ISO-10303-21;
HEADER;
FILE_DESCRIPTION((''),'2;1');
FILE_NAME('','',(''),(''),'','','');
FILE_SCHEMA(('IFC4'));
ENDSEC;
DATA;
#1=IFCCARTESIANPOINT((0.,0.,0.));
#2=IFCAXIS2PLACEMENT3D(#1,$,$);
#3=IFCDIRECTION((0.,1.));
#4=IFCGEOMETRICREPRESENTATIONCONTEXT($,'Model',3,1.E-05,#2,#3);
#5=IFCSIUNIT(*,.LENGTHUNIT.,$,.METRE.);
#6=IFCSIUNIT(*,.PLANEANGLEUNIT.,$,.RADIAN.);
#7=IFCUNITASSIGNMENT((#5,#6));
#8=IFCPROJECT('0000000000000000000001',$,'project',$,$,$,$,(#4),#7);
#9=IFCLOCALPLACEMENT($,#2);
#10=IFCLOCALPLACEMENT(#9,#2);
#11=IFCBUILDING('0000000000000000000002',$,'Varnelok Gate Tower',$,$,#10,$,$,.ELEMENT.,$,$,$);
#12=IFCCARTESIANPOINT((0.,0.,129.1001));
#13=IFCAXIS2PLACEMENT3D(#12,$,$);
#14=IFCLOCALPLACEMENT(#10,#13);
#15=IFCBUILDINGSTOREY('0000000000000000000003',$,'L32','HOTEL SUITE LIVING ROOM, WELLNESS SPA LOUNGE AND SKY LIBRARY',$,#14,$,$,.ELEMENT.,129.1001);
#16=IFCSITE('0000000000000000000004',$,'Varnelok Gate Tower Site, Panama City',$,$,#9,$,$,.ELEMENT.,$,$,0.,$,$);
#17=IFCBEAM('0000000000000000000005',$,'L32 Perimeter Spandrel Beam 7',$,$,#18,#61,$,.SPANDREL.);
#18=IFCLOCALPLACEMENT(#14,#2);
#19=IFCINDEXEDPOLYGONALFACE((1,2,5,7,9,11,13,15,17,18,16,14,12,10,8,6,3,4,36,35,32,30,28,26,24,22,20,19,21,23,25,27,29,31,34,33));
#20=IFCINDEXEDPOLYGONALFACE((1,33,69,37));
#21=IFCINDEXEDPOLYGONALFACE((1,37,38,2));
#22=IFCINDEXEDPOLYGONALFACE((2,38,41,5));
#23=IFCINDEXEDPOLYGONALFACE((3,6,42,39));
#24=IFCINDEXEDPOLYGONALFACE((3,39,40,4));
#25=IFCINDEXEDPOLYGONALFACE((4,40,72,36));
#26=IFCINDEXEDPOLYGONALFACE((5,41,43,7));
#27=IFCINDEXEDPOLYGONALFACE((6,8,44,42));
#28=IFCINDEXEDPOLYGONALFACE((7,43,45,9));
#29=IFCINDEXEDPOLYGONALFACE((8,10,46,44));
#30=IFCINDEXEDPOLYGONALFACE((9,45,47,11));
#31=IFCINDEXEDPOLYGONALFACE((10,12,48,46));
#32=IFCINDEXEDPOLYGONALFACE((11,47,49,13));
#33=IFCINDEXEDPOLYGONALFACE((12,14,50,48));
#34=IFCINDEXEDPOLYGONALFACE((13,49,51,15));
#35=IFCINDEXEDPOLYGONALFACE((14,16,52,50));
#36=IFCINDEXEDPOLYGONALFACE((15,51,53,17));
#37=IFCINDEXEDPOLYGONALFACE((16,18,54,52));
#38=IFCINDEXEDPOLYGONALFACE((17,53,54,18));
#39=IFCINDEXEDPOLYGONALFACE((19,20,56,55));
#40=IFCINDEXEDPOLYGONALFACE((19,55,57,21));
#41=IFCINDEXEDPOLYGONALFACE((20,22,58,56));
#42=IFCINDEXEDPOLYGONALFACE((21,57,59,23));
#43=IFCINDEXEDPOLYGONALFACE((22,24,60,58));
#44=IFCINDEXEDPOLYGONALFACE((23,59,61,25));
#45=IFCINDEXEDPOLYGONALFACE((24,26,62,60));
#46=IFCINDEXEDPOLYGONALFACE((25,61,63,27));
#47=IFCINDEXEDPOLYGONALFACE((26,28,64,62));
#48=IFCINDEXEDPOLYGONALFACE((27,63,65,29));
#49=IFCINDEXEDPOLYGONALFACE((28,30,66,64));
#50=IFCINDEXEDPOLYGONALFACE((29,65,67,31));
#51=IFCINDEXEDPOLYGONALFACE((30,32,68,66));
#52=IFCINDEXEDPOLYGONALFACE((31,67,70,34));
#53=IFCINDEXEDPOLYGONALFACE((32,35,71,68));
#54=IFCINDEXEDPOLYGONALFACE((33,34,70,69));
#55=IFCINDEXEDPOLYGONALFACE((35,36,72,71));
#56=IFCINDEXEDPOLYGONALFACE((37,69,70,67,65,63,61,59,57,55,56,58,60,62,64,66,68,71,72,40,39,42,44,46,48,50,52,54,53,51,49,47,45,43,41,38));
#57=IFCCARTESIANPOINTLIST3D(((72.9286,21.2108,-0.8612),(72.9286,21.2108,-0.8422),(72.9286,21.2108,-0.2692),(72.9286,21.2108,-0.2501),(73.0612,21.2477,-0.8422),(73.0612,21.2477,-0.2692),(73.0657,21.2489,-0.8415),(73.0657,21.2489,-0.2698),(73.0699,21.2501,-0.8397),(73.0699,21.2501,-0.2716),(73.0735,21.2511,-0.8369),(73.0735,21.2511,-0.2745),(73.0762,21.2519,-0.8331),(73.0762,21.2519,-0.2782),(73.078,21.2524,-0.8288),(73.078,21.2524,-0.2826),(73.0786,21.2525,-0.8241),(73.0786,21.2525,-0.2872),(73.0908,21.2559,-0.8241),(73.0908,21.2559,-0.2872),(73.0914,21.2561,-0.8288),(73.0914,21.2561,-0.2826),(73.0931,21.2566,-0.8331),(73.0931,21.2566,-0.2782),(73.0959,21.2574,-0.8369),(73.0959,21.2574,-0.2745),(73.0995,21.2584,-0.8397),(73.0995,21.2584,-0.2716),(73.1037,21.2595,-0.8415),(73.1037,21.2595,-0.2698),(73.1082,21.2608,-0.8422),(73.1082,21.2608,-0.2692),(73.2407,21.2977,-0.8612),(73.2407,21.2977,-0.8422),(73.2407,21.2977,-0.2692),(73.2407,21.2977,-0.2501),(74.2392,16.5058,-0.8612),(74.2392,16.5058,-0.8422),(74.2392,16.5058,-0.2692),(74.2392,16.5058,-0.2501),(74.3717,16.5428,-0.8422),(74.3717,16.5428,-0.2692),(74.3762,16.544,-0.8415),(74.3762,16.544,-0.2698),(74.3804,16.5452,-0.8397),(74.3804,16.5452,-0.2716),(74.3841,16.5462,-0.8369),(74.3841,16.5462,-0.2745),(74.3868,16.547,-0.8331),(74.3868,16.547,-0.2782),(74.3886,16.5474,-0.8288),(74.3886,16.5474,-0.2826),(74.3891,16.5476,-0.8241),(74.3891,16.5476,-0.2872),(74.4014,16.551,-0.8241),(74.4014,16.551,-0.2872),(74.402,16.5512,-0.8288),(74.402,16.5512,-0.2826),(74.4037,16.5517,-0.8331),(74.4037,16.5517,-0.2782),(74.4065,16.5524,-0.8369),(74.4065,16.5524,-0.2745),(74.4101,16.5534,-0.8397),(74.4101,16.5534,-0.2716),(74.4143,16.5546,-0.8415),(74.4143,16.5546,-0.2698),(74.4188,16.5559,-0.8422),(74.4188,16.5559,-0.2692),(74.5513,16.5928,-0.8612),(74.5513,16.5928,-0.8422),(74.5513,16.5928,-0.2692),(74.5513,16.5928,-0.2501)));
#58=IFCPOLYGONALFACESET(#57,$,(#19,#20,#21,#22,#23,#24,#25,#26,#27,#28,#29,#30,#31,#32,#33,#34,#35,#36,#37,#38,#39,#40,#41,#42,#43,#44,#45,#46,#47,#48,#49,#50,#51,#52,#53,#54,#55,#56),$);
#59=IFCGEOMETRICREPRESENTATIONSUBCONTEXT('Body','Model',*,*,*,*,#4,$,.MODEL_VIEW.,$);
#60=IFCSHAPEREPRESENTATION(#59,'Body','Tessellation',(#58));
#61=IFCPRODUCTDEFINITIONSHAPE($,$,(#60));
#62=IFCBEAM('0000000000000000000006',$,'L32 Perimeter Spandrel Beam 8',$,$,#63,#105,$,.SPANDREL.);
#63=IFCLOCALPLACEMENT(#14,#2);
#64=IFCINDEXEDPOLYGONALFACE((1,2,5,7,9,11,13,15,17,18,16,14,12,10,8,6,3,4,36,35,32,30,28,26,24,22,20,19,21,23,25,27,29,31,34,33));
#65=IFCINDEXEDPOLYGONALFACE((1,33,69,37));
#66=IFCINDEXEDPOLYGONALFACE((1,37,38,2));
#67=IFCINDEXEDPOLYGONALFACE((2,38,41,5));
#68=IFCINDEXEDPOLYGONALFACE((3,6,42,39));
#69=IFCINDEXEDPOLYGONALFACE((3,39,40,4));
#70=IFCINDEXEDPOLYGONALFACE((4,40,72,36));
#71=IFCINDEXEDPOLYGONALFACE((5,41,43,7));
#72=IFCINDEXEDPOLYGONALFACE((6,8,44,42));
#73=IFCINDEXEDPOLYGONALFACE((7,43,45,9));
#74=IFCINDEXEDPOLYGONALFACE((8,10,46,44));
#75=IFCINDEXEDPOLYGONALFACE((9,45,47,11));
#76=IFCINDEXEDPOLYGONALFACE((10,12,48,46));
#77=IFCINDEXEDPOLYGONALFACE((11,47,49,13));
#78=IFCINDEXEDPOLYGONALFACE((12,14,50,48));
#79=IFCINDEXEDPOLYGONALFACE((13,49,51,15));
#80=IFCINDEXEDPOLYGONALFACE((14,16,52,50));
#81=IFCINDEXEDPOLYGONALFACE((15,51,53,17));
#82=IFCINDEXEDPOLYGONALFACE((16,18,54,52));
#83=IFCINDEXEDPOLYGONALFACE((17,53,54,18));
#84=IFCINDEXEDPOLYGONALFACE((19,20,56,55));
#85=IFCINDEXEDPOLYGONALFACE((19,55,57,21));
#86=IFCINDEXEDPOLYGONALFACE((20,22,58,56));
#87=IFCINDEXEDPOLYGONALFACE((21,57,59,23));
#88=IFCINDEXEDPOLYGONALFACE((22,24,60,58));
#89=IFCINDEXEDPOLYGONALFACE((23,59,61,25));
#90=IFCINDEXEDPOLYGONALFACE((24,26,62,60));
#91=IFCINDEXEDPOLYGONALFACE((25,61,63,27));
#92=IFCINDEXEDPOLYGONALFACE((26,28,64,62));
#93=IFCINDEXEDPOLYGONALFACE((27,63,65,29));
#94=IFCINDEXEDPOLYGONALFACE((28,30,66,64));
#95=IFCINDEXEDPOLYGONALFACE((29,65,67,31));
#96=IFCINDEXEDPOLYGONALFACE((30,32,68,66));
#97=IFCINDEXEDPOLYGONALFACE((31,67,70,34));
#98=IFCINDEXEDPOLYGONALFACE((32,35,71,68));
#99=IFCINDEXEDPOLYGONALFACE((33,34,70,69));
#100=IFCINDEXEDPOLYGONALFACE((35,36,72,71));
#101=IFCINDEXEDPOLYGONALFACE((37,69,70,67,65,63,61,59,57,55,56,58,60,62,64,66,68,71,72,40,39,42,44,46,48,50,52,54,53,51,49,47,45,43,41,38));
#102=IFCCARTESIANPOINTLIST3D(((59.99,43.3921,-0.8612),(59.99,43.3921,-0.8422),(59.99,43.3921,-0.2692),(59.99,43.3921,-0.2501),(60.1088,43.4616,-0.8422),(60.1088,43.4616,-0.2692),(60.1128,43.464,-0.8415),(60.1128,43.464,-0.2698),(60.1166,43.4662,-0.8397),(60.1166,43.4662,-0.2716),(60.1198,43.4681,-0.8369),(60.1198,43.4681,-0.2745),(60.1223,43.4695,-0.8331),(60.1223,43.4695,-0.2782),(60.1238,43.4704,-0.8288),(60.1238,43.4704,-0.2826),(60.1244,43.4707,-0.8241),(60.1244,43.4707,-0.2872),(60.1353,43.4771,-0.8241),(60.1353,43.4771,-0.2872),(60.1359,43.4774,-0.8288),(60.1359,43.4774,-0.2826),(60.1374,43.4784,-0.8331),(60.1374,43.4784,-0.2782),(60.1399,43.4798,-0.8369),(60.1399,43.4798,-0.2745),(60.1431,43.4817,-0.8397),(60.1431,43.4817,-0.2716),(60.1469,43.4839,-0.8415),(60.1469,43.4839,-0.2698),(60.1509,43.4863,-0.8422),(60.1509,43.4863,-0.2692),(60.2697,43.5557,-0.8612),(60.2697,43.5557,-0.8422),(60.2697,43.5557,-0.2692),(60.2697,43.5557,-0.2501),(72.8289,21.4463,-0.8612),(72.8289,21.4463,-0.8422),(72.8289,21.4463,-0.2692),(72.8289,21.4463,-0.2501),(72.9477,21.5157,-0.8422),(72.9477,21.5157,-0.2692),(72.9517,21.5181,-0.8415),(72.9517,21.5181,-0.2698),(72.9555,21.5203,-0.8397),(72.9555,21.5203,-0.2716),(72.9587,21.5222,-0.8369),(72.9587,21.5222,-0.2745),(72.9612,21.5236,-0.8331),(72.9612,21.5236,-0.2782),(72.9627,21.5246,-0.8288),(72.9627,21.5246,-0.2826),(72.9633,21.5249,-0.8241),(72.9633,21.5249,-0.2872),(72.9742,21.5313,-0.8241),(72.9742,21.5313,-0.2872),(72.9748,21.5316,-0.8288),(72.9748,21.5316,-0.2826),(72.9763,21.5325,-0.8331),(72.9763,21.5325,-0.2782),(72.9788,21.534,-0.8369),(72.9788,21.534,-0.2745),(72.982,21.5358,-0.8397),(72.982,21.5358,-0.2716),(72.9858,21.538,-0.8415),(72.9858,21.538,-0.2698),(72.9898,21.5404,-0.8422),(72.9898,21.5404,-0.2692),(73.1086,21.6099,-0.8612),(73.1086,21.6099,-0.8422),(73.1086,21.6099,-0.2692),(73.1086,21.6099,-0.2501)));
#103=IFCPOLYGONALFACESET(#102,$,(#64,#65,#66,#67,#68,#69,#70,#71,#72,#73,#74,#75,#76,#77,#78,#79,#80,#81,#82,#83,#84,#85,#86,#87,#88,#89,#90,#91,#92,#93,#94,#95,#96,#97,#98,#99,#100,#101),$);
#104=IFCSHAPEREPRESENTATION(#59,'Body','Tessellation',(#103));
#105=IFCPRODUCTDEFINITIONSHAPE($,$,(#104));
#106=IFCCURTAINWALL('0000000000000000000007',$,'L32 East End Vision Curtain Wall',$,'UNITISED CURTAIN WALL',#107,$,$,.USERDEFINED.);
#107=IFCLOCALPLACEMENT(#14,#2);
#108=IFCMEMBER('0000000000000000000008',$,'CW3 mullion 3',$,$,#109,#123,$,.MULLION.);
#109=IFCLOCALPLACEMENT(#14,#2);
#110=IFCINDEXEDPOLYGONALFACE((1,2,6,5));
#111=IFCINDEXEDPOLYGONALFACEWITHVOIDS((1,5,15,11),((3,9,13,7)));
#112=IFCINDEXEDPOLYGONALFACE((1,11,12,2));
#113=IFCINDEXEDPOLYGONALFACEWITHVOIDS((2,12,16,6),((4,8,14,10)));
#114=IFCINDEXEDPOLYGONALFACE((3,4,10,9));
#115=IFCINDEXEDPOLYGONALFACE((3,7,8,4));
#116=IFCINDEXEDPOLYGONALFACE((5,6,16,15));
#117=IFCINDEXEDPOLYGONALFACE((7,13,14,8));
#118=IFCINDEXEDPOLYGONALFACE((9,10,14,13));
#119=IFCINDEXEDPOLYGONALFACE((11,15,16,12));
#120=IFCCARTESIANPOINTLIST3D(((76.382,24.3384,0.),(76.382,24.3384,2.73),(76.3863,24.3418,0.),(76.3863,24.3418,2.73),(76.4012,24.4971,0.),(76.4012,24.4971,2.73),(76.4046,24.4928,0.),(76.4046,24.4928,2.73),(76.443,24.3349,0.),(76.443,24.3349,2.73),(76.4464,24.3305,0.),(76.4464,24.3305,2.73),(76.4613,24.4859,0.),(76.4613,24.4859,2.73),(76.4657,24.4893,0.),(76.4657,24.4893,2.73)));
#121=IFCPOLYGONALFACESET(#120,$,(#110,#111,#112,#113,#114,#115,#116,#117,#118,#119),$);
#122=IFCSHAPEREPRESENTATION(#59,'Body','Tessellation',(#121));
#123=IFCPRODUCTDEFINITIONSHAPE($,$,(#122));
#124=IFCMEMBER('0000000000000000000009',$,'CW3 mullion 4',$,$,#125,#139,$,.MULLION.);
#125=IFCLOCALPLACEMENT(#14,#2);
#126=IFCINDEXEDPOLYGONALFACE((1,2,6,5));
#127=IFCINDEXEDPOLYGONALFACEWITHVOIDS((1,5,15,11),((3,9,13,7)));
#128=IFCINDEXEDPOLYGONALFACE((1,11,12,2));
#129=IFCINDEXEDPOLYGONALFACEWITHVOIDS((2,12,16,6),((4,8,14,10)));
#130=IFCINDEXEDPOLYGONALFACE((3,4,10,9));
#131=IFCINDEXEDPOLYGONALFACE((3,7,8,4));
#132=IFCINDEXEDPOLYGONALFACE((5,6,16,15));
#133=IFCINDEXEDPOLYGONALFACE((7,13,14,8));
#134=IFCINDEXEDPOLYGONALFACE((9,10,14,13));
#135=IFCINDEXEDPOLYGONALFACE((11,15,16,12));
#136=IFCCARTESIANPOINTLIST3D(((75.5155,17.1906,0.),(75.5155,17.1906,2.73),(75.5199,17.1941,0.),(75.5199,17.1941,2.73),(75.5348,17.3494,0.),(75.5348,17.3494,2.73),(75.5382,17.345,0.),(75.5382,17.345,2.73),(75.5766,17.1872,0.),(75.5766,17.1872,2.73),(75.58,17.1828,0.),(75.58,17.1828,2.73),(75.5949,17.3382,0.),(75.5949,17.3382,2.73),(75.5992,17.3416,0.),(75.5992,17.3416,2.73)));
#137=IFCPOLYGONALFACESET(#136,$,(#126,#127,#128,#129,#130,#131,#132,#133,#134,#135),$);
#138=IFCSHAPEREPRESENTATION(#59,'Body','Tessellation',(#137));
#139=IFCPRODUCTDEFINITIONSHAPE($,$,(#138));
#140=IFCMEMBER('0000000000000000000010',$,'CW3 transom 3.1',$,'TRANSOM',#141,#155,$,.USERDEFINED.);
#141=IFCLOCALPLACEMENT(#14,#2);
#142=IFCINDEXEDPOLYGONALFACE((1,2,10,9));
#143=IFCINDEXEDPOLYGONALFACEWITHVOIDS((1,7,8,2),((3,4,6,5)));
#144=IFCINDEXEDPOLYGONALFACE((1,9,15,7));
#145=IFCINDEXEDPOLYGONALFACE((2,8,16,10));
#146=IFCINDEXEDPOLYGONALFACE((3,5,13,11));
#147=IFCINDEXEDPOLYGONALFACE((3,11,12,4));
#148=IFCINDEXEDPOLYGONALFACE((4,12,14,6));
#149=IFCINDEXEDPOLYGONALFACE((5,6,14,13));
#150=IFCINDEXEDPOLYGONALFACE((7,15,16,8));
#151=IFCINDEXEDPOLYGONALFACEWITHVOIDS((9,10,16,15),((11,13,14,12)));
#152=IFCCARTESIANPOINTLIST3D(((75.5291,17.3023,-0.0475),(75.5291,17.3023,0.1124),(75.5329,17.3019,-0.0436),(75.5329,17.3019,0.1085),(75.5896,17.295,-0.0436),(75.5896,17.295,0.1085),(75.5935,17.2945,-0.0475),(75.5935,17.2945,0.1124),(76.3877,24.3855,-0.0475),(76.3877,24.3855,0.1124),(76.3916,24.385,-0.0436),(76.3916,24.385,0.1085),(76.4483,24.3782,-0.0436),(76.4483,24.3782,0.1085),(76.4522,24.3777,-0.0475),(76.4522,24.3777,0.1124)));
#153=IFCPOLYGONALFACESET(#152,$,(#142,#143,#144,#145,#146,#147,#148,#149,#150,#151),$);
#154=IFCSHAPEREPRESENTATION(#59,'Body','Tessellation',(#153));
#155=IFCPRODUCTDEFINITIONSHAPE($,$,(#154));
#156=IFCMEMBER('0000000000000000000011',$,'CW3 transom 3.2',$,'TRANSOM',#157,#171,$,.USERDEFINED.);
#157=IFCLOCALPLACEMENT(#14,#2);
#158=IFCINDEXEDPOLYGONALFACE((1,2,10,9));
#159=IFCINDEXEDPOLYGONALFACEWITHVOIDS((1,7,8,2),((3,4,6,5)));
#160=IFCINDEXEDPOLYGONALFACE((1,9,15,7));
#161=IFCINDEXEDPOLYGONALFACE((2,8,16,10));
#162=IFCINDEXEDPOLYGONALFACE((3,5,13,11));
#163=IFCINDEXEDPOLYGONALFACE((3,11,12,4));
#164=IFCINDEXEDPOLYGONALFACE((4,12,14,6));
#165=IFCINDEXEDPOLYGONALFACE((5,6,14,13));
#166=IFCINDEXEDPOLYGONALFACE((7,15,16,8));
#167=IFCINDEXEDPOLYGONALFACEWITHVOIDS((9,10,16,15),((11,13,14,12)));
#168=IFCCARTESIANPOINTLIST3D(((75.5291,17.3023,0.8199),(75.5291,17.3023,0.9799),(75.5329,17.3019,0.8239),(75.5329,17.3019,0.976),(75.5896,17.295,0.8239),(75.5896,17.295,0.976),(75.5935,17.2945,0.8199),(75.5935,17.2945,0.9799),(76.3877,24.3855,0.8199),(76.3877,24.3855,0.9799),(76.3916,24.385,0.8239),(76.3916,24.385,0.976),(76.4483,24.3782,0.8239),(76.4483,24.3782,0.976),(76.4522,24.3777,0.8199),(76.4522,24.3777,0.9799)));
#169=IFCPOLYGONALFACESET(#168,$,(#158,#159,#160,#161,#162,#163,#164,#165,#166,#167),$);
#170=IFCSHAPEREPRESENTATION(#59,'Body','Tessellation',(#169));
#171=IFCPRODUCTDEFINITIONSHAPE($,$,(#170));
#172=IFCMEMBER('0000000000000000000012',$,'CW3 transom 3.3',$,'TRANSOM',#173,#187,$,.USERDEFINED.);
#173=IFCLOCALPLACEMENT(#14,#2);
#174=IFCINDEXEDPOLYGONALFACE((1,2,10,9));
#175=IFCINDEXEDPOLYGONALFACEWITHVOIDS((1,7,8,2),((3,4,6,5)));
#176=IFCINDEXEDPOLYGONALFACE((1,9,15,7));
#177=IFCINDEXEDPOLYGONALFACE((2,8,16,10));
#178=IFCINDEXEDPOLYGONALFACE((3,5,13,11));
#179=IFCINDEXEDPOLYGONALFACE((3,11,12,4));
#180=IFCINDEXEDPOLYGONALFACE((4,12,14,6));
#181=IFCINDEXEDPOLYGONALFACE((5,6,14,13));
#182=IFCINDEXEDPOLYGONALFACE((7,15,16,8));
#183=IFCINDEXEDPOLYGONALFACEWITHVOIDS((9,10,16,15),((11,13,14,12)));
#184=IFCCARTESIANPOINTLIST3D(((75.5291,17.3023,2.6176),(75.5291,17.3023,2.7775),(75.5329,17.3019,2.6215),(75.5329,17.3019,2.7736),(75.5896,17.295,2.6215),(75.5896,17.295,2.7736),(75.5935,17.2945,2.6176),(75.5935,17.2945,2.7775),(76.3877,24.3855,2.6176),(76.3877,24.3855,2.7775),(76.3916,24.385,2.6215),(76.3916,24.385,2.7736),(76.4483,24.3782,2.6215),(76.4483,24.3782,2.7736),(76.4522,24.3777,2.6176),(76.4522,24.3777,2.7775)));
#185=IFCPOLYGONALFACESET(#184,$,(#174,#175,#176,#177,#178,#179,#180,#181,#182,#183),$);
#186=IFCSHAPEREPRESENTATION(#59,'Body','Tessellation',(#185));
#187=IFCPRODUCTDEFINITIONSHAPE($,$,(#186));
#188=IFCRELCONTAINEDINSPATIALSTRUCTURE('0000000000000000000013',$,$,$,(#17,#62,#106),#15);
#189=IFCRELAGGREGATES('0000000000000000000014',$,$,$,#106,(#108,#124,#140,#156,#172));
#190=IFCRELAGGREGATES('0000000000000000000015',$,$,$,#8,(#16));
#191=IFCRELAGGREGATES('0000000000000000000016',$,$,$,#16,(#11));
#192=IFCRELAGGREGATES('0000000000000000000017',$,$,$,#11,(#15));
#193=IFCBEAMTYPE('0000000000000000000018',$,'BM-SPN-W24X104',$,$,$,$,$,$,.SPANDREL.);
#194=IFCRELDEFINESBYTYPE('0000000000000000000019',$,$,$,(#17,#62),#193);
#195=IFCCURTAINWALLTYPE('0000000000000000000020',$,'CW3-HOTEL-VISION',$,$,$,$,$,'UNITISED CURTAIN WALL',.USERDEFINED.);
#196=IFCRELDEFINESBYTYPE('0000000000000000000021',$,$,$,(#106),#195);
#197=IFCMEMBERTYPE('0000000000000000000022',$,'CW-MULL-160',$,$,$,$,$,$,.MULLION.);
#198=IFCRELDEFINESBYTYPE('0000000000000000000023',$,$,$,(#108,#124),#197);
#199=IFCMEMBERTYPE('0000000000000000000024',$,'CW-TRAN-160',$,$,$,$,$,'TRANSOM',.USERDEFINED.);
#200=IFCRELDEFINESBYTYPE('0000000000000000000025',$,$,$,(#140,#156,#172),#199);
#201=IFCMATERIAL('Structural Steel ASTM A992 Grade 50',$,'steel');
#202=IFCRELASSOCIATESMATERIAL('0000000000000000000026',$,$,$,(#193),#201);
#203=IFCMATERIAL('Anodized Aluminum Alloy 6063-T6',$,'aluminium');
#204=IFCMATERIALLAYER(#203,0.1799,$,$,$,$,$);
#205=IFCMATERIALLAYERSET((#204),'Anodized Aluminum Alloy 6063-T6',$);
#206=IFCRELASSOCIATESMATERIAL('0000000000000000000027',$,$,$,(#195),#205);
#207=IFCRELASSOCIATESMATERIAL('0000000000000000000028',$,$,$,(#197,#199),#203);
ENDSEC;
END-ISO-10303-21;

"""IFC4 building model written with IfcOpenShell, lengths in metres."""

from ifc_helpers import new_model, si_unit, direction, frame, origin, origin_2d, place, context, subcontext, project, spatial, hollow_rectangle, i_section, extrude, material, layer, layer_set, material_profile, profile_set, type_object, element, aggregate, save


model = new_model("IFC4")

# Units and contexts
model_context = context("Model", 3, precision=1e-05, world=origin(), true_north=direction((0.0, 1.0)))
body_context = subcontext(model_context, "Body", "Model", "MODEL_VIEW")
ifc_project = project(units=[si_unit("LENGTHUNIT", "METRE"), si_unit("PLANEANGLEUNIT", "RADIAN")], contexts=[model_context])

# Site, building, storey
site_placement = place(None, origin())
site = spatial("IfcSite", under=ifc_project, at=site_placement, Name="Varnelok Gate Tower Site, Panama City", CompositionType="ELEMENT", RefElevation=0.0)
building_placement = place(site_placement, origin())
building = spatial("IfcBuilding", under=site, at=building_placement, Name="Varnelok Gate Tower", CompositionType="ELEMENT")
storey_placement = place(building_placement, frame((0.0, 0.0, 129.1001)))
storey = spatial("IfcBuildingStorey", under=building, at=storey_placement, Name="L32", Description="HOTEL SUITE LIVING ROOM, WELLNESS SPA LOUNGE AND SKY LIBRARY", CompositionType="ELEMENT", Elevation=129.1001)

# Shared definitions
ifc_material_1 = material(Name="Structural Steel ASTM A992 Grade 50", Category="steel")

# Beams
ifc_material_profile_1 = material_profile(ifc_material_1, i_section(OverallWidth=0.324, OverallDepth=0.6111, WebThickness=0.0127, FlangeThickness=0.019, FilletRadius=0.0181, at=origin_2d()), Name="W24X104")
ifc_profile_set_1 = profile_set([ifc_material_profile_1], Name="Structural Steel ASTM A992 Grade 50")
beam_type_1 = type_object("IfcBeamType", Name="BM-SPN-W24X104", PredefinedType="SPANDREL", material=ifc_profile_set_1)
beam_1_placement = place(storey_placement, frame((74.3953, 16.5493, -0.5557), z_axis=(-0.268337, 0.963325, 0.0), x_axis=(-0.963325, -0.268337, 0.0)))
element("IfcBeam", 1, at=beam_1_placement, inside=storey, type_object=beam_type_1, Name="L32 Perimeter Spandrel Beam 7", PredefinedType="SPANDREL", context=body_context, shape_type="SweptSolid", body=[
    extrude(i_section(OverallWidth=0.324, OverallDepth=0.6111, WebThickness=0.0127, FlangeThickness=0.019, FilletRadius=0.0181, at=origin_2d()), origin(), (0.0, 0.0, 1.0), 4.884),
])
beam_2_placement = place(storey_placement, frame((72.9688, 21.5281, -0.5557), z_axis=(-0.504961, 0.863142, 0.0), x_axis=(-0.863142, -0.504961, 0.0)))
element("IfcBeam", 2, at=beam_2_placement, inside=storey, type_object=beam_type_1, Name="L32 Perimeter Spandrel Beam 8", PredefinedType="SPANDREL", context=body_context, shape_type="SweptSolid", body=[
    extrude(i_section(OverallWidth=0.324, OverallDepth=0.6111, WebThickness=0.0127, FlangeThickness=0.019, FilletRadius=0.0181, at=origin_2d()), origin(), (0.0, 0.0, 1.0), 25.4255),
])

# Curtain wall, members
ifc_material_2 = material(Name="Anodized Aluminum Alloy 6063-T6", Category="aluminium")
ifc_layer_1 = layer(ifc_material_2, 0.1799)
ifc_layer_set_1 = layer_set([ifc_layer_1], Name="Anodized Aluminum Alloy 6063-T6")
curtain_wall_type = type_object("IfcCurtainWallType", Name="CW3-HOTEL-VISION", ElementType="UNITISED CURTAIN WALL", PredefinedType="USERDEFINED", material=ifc_layer_set_1)
curtain_wall_placement = place(storey_placement, origin())
curtain_wall = element("IfcCurtainWall", 3, at=curtain_wall_placement, inside=storey, type_object=curtain_wall_type, Name="L32 East End Vision Curtain Wall", ObjectType="UNITISED CURTAIN WALL", PredefinedType="USERDEFINED")
ifc_material_profile_2 = material_profile(ifc_material_2, hollow_rectangle(XDim=0.0649, YDim=0.1599, WallThickness=0.0039, at=origin_2d()), Name="ALU160X65X4")
ifc_profile_set_2 = profile_set([ifc_material_profile_2], Name="Anodized Aluminum Alloy 6063-T6")
member_type_1 = type_object("IfcMemberType", Name="CW-MULL-160", PredefinedType="MULLION", material=ifc_profile_set_2)
member_1_placement = place(storey_placement, frame((76.4238, 24.4138, 0.0), z_axis=(0.0, 0.0, 1.0), x_axis=(0.992732, -0.120347, 0.0)))
member_1 = element("IfcMember", 4, at=member_1_placement, type_object=member_type_1, Name="CW3 mullion 3", PredefinedType="MULLION", context=body_context, shape_type="SweptSolid", body=[
    extrude(hollow_rectangle(XDim=0.0649, YDim=0.1599, WallThickness=0.0039, at=origin_2d()), origin(), (0.0, 0.0, 1.0), 2.73),
])
member_2_placement = place(storey_placement, frame((75.5574, 17.2661, 0.0), z_axis=(0.0, 0.0, 1.0), x_axis=(0.992732, -0.120347, 0.0)))
member_2 = element("IfcMember", 5, at=member_2_placement, type_object=member_type_1, Name="CW3 mullion 4", PredefinedType="MULLION", context=body_context, shape_type="SweptSolid", body=[
    extrude(hollow_rectangle(XDim=0.0649, YDim=0.1599, WallThickness=0.0039, at=origin_2d()), origin(), (0.0, 0.0, 1.0), 2.73),
])
ifc_material_profile_3 = material_profile(ifc_material_2, hollow_rectangle(XDim=0.0649, YDim=0.1599, WallThickness=0.0039, at=origin_2d()), Name="ALU160X65X4")
ifc_profile_set_3 = profile_set([ifc_material_profile_3], Name="Anodized Aluminum Alloy 6063-T6")
member_type_2 = type_object("IfcMemberType", Name="CW-TRAN-160", ElementType="TRANSOM", PredefinedType="USERDEFINED", material=ifc_profile_set_3)
member_3_placement = place(storey_placement, frame((76.4199, 24.3816, 0.0325), z_axis=(-0.120341, -0.992733, 0.0), x_axis=(0.992733, -0.120341, 0.0)))
member_3 = element("IfcMember", 6, at=member_3_placement, type_object=member_type_2, Name="CW3 transom 3.1", ObjectType="TRANSOM", PredefinedType="USERDEFINED", context=body_context, shape_type="SweptSolid", body=[
    extrude(hollow_rectangle(XDim=0.0649, YDim=0.1599, WallThickness=0.0039, at=origin_2d()), origin(), (0.0, 0.0, 1.0), 7.135),
])
member_4_placement = place(storey_placement, frame((76.4199, 24.3816, 0.8999), z_axis=(-0.120341, -0.992733, 0.0), x_axis=(0.992733, -0.120341, 0.0)))
member_4 = element("IfcMember", 7, at=member_4_placement, type_object=member_type_2, Name="CW3 transom 3.2", ObjectType="TRANSOM", PredefinedType="USERDEFINED", context=body_context, shape_type="SweptSolid", body=[
    extrude(hollow_rectangle(XDim=0.0649, YDim=0.1599, WallThickness=0.0039, at=origin_2d()), origin(), (0.0, 0.0, 1.0), 7.135),
])
member_5_placement = place(storey_placement, frame((76.4199, 24.3816, 2.6975), z_axis=(-0.120341, -0.992733, 0.0), x_axis=(0.992733, -0.120341, 0.0)))
member_5 = element("IfcMember", 8, at=member_5_placement, type_object=member_type_2, Name="CW3 transom 3.3", ObjectType="TRANSOM", PredefinedType="USERDEFINED", context=body_context, shape_type="SweptSolid", body=[
    extrude(hollow_rectangle(XDim=0.0649, YDim=0.1599, WallThickness=0.0039, at=origin_2d()), origin(), (0.0, 0.0, 1.0), 7.135),
])
aggregate(curtain_wall, [member_1, member_2, member_3, member_4, member_5])

save(model, "model.ifc")
